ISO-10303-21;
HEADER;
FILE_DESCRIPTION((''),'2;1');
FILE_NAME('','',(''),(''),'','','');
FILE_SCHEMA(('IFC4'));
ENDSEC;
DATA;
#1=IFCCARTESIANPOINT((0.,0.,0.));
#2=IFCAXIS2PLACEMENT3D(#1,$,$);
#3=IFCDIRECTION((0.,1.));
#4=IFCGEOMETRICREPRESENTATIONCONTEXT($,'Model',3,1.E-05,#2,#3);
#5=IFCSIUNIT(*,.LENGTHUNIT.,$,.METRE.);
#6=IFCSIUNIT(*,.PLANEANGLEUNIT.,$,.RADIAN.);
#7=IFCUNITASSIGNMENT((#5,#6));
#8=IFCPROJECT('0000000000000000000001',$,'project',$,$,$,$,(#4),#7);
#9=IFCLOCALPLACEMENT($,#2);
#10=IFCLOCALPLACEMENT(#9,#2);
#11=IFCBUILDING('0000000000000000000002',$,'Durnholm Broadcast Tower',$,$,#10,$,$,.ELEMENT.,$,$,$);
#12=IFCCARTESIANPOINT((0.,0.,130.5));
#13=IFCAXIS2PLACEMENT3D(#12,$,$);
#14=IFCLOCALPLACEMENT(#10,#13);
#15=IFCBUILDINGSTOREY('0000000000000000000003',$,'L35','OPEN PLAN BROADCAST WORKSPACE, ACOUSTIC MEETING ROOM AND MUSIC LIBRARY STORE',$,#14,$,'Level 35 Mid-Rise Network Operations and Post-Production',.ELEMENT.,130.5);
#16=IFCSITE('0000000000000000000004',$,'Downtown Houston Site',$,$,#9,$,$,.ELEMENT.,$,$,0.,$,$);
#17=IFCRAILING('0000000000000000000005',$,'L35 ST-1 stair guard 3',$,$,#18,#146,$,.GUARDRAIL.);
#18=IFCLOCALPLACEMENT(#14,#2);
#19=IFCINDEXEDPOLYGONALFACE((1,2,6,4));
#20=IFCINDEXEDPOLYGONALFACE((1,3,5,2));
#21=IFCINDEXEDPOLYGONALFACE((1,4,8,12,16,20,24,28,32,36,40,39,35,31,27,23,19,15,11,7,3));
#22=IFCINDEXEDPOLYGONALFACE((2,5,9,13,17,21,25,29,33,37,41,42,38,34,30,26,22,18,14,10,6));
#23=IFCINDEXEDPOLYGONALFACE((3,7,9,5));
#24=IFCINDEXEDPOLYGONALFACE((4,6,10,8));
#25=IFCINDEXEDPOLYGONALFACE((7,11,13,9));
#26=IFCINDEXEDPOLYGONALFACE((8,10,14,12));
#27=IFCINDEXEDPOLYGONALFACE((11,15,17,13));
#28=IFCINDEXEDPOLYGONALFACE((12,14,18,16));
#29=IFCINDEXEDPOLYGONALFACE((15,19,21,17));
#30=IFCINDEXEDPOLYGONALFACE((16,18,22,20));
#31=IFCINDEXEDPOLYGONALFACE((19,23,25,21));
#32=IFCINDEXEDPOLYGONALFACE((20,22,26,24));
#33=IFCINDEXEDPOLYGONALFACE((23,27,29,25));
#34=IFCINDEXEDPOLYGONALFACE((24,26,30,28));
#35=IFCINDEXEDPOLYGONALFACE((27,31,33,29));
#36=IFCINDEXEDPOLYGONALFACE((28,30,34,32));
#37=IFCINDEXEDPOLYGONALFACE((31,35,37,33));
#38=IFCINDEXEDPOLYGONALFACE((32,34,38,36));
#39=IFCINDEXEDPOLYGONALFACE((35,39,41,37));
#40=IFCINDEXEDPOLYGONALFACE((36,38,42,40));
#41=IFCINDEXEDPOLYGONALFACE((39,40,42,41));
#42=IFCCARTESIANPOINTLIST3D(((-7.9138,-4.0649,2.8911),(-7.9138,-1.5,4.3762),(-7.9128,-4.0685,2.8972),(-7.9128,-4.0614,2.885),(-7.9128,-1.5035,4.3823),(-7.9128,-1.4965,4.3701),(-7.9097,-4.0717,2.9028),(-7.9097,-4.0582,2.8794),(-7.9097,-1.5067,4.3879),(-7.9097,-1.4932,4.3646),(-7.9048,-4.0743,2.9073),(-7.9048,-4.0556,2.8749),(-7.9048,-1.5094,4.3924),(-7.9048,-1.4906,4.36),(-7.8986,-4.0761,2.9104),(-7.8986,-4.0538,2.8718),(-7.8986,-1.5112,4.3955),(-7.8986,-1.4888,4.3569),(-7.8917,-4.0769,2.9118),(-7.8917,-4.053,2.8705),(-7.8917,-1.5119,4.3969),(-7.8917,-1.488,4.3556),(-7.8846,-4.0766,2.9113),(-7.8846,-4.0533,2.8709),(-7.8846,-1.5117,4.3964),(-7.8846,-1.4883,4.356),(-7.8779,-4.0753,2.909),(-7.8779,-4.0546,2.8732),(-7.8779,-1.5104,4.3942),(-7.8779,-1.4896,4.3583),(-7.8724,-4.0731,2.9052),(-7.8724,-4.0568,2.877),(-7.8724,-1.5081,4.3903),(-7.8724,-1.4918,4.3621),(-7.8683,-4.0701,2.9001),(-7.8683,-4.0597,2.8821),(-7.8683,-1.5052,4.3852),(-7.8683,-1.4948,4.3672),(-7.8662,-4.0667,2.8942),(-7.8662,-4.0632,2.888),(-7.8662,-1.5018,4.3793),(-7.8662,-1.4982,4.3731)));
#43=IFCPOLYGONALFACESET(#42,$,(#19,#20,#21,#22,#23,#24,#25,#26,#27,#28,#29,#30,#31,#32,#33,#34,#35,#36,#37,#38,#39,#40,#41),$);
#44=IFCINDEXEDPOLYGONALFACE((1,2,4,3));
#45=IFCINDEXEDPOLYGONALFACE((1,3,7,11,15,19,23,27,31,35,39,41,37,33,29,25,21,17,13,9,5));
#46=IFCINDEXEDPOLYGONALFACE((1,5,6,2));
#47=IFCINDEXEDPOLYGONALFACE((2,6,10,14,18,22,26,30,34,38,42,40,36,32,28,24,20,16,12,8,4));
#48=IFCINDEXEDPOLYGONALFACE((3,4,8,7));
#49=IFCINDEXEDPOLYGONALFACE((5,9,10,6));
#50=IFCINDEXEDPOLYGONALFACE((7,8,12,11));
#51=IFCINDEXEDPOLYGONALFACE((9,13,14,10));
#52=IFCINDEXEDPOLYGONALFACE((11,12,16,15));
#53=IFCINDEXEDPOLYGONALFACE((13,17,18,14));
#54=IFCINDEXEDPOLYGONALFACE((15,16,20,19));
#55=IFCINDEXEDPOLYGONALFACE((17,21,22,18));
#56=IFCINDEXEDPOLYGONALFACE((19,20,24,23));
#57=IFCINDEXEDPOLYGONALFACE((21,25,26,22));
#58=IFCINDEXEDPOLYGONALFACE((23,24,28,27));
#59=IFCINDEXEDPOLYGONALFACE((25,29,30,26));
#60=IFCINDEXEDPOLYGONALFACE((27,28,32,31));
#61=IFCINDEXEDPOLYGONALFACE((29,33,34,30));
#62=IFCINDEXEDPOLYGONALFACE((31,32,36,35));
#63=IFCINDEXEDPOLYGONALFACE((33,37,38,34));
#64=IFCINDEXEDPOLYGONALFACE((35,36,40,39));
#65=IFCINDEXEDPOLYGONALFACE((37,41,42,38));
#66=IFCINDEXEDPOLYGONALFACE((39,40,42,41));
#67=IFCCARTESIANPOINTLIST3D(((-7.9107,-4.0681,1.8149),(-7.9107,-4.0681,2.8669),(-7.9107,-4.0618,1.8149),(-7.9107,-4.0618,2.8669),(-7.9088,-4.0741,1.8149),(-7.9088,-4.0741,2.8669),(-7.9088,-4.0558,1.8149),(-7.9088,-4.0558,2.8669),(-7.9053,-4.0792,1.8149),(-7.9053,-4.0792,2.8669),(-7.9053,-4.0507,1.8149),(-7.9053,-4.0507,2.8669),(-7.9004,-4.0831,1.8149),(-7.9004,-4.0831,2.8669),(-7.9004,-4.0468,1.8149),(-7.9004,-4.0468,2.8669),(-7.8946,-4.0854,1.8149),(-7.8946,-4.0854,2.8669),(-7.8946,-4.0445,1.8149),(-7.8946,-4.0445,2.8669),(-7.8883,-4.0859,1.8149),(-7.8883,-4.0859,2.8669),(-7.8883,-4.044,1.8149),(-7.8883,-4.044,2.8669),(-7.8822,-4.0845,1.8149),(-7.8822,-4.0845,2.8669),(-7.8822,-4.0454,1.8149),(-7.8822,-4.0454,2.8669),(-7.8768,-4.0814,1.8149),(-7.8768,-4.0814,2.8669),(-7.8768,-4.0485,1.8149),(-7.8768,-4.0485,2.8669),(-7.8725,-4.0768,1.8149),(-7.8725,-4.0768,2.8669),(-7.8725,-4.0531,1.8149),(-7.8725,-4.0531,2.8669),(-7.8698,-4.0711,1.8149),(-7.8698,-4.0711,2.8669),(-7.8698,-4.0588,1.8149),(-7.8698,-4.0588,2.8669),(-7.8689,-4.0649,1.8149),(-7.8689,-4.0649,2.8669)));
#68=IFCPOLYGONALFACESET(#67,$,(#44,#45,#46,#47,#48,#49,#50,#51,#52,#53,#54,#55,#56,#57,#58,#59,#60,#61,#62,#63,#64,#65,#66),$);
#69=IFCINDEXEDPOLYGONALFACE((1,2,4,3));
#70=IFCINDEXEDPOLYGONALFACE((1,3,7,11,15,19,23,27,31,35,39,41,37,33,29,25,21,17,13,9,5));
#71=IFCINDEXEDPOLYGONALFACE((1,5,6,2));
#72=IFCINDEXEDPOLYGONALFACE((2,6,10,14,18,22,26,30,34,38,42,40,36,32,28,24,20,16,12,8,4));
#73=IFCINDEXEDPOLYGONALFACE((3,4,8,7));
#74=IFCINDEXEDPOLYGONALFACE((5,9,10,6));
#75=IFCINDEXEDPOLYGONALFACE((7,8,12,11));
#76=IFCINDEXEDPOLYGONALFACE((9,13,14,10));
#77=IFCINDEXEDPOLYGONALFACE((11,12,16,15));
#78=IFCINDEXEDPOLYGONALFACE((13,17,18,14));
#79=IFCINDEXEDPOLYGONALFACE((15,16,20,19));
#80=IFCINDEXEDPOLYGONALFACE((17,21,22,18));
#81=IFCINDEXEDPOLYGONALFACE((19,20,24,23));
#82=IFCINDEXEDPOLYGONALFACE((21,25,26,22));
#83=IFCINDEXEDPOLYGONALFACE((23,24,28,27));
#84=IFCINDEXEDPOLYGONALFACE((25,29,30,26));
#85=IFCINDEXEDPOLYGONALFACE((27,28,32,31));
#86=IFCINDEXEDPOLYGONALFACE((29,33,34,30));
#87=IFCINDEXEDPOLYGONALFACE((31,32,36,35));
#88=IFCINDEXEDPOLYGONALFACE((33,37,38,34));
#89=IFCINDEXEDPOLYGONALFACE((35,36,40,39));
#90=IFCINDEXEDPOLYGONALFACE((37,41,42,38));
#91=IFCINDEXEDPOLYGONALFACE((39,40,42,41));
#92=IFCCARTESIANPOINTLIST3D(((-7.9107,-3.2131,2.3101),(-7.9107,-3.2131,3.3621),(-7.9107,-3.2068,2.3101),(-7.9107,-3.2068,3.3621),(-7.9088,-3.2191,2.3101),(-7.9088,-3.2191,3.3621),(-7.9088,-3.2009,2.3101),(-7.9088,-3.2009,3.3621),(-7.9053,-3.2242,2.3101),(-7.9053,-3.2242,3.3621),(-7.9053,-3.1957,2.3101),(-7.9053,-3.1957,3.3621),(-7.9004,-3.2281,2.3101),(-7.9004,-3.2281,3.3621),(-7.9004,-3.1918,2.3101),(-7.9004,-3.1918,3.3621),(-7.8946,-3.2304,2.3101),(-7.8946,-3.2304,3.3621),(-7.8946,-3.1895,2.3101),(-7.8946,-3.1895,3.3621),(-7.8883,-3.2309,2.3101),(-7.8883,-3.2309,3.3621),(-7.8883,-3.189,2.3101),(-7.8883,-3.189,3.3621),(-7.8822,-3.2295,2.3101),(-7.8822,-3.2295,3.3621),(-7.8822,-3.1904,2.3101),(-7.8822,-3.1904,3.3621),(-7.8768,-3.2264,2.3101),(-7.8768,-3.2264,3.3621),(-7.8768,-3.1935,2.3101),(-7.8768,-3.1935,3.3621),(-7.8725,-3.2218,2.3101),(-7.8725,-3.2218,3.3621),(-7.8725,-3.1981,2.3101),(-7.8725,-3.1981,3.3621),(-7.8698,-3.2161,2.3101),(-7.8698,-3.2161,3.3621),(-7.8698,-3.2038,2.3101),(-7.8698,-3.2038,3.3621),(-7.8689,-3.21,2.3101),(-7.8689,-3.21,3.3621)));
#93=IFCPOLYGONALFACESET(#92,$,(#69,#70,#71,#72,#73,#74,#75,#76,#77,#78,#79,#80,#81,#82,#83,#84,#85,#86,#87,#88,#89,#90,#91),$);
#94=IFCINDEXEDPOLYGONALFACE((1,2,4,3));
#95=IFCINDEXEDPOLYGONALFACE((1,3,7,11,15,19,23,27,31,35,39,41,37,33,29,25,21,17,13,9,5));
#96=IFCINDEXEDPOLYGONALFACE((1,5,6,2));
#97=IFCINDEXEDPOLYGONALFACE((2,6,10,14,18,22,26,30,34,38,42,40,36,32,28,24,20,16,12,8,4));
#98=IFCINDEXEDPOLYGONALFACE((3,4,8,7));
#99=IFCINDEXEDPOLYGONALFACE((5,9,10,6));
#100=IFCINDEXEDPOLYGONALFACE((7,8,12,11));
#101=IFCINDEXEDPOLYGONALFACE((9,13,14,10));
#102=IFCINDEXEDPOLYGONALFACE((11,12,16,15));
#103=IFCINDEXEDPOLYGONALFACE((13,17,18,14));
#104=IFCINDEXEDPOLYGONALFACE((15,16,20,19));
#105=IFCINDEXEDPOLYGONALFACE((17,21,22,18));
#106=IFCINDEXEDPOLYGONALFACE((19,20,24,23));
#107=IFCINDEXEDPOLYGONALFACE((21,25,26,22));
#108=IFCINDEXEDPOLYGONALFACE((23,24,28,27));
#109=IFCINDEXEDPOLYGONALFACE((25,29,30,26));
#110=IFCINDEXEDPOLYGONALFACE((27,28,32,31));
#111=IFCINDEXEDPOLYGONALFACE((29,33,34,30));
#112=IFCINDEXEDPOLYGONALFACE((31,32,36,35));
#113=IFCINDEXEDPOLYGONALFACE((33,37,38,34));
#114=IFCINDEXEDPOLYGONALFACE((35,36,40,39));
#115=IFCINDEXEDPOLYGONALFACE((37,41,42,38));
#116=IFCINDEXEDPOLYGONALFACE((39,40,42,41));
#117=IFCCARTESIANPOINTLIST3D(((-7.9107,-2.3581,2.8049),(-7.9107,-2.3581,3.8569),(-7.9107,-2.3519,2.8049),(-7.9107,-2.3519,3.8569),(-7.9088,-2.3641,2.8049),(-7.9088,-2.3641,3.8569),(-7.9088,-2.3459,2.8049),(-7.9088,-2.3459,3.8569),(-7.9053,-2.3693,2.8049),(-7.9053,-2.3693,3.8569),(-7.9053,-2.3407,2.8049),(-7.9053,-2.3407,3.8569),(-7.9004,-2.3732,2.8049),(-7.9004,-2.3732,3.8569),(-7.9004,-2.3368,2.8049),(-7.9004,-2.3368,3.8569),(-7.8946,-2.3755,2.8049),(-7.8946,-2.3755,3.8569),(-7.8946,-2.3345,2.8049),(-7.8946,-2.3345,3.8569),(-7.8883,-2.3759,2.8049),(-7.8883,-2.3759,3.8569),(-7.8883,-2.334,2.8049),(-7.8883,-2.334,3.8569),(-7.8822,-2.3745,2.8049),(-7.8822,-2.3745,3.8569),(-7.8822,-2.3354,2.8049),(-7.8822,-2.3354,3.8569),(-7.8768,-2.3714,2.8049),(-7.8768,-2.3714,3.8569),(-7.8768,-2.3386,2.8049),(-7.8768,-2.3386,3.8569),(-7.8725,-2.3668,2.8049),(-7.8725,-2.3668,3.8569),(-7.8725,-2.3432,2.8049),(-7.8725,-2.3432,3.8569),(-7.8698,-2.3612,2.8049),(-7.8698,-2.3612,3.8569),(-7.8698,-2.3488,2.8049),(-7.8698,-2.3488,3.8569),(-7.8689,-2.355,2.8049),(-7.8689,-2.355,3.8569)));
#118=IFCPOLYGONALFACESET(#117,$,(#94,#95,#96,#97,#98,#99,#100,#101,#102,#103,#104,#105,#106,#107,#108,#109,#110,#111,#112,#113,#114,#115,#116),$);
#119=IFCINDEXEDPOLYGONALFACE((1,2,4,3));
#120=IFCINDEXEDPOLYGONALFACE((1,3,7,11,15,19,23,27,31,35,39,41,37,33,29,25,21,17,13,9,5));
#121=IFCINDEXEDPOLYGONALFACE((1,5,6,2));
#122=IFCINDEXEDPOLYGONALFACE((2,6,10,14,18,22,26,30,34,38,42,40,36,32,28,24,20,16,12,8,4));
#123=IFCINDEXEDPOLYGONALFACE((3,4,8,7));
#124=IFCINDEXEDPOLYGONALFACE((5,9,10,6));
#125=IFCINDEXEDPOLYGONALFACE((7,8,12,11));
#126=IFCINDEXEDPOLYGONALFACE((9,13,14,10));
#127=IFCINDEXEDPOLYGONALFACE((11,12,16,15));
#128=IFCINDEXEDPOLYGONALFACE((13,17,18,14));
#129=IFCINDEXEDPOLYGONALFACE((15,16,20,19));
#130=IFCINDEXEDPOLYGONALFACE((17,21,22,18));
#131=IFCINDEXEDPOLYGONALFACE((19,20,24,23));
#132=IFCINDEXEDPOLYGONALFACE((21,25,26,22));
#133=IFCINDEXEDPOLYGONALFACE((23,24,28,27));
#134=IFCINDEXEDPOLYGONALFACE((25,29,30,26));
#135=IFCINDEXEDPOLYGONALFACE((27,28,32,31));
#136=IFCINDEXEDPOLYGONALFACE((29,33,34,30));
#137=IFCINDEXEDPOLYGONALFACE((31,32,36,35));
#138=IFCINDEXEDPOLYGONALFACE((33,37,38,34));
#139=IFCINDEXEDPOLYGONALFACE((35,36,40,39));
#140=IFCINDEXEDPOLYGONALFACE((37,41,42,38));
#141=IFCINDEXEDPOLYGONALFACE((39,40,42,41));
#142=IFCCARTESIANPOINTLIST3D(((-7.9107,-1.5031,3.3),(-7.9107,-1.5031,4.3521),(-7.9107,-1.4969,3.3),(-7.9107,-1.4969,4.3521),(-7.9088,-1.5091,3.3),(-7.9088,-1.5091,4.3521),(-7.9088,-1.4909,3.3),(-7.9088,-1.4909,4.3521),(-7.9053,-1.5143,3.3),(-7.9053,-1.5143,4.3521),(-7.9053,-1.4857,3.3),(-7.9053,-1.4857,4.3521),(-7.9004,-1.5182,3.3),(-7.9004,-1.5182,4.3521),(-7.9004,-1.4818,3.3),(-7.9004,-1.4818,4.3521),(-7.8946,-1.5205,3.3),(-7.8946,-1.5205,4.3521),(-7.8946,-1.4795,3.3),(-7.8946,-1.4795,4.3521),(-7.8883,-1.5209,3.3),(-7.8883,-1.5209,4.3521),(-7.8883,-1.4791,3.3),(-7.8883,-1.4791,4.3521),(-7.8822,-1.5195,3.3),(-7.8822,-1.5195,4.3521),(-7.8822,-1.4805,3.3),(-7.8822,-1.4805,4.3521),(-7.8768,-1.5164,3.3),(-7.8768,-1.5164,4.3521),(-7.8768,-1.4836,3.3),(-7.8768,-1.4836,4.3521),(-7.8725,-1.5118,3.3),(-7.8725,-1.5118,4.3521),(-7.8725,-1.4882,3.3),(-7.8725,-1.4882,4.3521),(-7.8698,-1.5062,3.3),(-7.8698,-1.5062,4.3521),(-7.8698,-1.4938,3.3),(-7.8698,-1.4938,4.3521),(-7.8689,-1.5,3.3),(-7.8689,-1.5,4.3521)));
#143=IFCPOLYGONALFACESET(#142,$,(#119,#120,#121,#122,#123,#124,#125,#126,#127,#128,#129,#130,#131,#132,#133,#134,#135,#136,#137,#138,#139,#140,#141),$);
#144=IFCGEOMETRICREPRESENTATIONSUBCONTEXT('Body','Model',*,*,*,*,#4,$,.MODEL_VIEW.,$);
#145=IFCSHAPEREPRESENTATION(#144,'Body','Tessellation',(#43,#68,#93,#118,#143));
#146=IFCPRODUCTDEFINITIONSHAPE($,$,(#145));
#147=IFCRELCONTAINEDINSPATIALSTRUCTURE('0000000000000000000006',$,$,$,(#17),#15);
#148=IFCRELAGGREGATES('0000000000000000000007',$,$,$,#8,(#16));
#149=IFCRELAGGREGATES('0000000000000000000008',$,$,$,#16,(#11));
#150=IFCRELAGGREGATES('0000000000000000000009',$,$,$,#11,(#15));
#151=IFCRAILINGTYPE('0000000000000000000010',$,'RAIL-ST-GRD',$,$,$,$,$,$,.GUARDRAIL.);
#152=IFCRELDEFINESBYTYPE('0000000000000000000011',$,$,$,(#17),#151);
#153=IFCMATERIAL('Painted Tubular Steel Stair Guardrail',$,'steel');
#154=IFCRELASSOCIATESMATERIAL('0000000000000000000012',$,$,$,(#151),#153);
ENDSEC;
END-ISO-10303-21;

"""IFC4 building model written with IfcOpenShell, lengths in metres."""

from ifc_helpers import new_model, si_unit, direction, frame, origin, origin_2d, place, context, subcontext, project, spatial, circle, extrude, material, type_object, element, save


model = new_model("IFC4")

# Units and contexts
model_context = context("Model", 3, precision=1e-05, world=origin(), true_north=direction((0.0, 1.0)))
body_context = subcontext(model_context, "Body", "Model", "MODEL_VIEW")
ifc_project = project(units=[si_unit("LENGTHUNIT", "METRE"), si_unit("PLANEANGLEUNIT", "RADIAN")], contexts=[model_context])

# Site, building, storey
site_placement = place(None, origin())
site = spatial("IfcSite", under=ifc_project, at=site_placement, Name="Downtown Houston Site", CompositionType="ELEMENT", RefElevation=0.0)
building_placement = place(site_placement, origin())
building = spatial("IfcBuilding", under=site, at=building_placement, Name="Durnholm Broadcast Tower", CompositionType="ELEMENT")
storey_placement = place(building_placement, frame((0.0, 0.0, 130.5)))
storey = spatial("IfcBuildingStorey", under=building, at=storey_placement, Name="L35", Description="OPEN PLAN BROADCAST WORKSPACE, ACOUSTIC MEETING ROOM AND MUSIC LIBRARY STORE", LongName="Level 35 Mid-Rise Network Operations and Post-Production", CompositionType="ELEMENT", Elevation=130.5)

# Railing
ifc_material_1 = material(Name="Painted Tubular Steel Stair Guardrail", Category="steel")
railing_type_1 = type_object("IfcRailingType", Name="RAIL-ST-GRD", PredefinedType="GUARDRAIL", material=ifc_material_1)
railing_1_placement = place(storey_placement, frame((-7.8899, -4.0649, 1.8149)))
element("IfcRailing", 1, at=railing_1_placement, inside=storey, type_object=railing_type_1, Name="L35 ST-1 stair guard 3", PredefinedType="GUARDRAIL", context=body_context, shape_type="SweptSolid", body=[
    extrude(circle(Radius=0.0239, at=origin_2d()), frame((0.0, 0.0, 1.0762), z_axis=(0.0, 0.865406, 0.501072), x_axis=(-1.0, 0.0, 0.0)), (0.0, 0.0, 1.0), 2.9639),
    extrude(circle(Radius=0.021, at=origin_2d()), origin(), (0.0, 0.0, 1.0), 1.052),
    extrude(circle(Radius=0.021, at=origin_2d()), frame((0.0, 0.855, 0.4951)), (0.0, 0.0, 1.0), 1.052),
    extrude(circle(Radius=0.021, at=origin_2d()), frame((0.0, 1.71, 0.99)), (0.0, 0.0, 1.0), 1.052),
    extrude(circle(Radius=0.021, at=origin_2d()), frame((0.0, 2.5649, 1.4851)), (0.0, 0.0, 1.0), 1.052),
])

save(model, "model.ifc")
